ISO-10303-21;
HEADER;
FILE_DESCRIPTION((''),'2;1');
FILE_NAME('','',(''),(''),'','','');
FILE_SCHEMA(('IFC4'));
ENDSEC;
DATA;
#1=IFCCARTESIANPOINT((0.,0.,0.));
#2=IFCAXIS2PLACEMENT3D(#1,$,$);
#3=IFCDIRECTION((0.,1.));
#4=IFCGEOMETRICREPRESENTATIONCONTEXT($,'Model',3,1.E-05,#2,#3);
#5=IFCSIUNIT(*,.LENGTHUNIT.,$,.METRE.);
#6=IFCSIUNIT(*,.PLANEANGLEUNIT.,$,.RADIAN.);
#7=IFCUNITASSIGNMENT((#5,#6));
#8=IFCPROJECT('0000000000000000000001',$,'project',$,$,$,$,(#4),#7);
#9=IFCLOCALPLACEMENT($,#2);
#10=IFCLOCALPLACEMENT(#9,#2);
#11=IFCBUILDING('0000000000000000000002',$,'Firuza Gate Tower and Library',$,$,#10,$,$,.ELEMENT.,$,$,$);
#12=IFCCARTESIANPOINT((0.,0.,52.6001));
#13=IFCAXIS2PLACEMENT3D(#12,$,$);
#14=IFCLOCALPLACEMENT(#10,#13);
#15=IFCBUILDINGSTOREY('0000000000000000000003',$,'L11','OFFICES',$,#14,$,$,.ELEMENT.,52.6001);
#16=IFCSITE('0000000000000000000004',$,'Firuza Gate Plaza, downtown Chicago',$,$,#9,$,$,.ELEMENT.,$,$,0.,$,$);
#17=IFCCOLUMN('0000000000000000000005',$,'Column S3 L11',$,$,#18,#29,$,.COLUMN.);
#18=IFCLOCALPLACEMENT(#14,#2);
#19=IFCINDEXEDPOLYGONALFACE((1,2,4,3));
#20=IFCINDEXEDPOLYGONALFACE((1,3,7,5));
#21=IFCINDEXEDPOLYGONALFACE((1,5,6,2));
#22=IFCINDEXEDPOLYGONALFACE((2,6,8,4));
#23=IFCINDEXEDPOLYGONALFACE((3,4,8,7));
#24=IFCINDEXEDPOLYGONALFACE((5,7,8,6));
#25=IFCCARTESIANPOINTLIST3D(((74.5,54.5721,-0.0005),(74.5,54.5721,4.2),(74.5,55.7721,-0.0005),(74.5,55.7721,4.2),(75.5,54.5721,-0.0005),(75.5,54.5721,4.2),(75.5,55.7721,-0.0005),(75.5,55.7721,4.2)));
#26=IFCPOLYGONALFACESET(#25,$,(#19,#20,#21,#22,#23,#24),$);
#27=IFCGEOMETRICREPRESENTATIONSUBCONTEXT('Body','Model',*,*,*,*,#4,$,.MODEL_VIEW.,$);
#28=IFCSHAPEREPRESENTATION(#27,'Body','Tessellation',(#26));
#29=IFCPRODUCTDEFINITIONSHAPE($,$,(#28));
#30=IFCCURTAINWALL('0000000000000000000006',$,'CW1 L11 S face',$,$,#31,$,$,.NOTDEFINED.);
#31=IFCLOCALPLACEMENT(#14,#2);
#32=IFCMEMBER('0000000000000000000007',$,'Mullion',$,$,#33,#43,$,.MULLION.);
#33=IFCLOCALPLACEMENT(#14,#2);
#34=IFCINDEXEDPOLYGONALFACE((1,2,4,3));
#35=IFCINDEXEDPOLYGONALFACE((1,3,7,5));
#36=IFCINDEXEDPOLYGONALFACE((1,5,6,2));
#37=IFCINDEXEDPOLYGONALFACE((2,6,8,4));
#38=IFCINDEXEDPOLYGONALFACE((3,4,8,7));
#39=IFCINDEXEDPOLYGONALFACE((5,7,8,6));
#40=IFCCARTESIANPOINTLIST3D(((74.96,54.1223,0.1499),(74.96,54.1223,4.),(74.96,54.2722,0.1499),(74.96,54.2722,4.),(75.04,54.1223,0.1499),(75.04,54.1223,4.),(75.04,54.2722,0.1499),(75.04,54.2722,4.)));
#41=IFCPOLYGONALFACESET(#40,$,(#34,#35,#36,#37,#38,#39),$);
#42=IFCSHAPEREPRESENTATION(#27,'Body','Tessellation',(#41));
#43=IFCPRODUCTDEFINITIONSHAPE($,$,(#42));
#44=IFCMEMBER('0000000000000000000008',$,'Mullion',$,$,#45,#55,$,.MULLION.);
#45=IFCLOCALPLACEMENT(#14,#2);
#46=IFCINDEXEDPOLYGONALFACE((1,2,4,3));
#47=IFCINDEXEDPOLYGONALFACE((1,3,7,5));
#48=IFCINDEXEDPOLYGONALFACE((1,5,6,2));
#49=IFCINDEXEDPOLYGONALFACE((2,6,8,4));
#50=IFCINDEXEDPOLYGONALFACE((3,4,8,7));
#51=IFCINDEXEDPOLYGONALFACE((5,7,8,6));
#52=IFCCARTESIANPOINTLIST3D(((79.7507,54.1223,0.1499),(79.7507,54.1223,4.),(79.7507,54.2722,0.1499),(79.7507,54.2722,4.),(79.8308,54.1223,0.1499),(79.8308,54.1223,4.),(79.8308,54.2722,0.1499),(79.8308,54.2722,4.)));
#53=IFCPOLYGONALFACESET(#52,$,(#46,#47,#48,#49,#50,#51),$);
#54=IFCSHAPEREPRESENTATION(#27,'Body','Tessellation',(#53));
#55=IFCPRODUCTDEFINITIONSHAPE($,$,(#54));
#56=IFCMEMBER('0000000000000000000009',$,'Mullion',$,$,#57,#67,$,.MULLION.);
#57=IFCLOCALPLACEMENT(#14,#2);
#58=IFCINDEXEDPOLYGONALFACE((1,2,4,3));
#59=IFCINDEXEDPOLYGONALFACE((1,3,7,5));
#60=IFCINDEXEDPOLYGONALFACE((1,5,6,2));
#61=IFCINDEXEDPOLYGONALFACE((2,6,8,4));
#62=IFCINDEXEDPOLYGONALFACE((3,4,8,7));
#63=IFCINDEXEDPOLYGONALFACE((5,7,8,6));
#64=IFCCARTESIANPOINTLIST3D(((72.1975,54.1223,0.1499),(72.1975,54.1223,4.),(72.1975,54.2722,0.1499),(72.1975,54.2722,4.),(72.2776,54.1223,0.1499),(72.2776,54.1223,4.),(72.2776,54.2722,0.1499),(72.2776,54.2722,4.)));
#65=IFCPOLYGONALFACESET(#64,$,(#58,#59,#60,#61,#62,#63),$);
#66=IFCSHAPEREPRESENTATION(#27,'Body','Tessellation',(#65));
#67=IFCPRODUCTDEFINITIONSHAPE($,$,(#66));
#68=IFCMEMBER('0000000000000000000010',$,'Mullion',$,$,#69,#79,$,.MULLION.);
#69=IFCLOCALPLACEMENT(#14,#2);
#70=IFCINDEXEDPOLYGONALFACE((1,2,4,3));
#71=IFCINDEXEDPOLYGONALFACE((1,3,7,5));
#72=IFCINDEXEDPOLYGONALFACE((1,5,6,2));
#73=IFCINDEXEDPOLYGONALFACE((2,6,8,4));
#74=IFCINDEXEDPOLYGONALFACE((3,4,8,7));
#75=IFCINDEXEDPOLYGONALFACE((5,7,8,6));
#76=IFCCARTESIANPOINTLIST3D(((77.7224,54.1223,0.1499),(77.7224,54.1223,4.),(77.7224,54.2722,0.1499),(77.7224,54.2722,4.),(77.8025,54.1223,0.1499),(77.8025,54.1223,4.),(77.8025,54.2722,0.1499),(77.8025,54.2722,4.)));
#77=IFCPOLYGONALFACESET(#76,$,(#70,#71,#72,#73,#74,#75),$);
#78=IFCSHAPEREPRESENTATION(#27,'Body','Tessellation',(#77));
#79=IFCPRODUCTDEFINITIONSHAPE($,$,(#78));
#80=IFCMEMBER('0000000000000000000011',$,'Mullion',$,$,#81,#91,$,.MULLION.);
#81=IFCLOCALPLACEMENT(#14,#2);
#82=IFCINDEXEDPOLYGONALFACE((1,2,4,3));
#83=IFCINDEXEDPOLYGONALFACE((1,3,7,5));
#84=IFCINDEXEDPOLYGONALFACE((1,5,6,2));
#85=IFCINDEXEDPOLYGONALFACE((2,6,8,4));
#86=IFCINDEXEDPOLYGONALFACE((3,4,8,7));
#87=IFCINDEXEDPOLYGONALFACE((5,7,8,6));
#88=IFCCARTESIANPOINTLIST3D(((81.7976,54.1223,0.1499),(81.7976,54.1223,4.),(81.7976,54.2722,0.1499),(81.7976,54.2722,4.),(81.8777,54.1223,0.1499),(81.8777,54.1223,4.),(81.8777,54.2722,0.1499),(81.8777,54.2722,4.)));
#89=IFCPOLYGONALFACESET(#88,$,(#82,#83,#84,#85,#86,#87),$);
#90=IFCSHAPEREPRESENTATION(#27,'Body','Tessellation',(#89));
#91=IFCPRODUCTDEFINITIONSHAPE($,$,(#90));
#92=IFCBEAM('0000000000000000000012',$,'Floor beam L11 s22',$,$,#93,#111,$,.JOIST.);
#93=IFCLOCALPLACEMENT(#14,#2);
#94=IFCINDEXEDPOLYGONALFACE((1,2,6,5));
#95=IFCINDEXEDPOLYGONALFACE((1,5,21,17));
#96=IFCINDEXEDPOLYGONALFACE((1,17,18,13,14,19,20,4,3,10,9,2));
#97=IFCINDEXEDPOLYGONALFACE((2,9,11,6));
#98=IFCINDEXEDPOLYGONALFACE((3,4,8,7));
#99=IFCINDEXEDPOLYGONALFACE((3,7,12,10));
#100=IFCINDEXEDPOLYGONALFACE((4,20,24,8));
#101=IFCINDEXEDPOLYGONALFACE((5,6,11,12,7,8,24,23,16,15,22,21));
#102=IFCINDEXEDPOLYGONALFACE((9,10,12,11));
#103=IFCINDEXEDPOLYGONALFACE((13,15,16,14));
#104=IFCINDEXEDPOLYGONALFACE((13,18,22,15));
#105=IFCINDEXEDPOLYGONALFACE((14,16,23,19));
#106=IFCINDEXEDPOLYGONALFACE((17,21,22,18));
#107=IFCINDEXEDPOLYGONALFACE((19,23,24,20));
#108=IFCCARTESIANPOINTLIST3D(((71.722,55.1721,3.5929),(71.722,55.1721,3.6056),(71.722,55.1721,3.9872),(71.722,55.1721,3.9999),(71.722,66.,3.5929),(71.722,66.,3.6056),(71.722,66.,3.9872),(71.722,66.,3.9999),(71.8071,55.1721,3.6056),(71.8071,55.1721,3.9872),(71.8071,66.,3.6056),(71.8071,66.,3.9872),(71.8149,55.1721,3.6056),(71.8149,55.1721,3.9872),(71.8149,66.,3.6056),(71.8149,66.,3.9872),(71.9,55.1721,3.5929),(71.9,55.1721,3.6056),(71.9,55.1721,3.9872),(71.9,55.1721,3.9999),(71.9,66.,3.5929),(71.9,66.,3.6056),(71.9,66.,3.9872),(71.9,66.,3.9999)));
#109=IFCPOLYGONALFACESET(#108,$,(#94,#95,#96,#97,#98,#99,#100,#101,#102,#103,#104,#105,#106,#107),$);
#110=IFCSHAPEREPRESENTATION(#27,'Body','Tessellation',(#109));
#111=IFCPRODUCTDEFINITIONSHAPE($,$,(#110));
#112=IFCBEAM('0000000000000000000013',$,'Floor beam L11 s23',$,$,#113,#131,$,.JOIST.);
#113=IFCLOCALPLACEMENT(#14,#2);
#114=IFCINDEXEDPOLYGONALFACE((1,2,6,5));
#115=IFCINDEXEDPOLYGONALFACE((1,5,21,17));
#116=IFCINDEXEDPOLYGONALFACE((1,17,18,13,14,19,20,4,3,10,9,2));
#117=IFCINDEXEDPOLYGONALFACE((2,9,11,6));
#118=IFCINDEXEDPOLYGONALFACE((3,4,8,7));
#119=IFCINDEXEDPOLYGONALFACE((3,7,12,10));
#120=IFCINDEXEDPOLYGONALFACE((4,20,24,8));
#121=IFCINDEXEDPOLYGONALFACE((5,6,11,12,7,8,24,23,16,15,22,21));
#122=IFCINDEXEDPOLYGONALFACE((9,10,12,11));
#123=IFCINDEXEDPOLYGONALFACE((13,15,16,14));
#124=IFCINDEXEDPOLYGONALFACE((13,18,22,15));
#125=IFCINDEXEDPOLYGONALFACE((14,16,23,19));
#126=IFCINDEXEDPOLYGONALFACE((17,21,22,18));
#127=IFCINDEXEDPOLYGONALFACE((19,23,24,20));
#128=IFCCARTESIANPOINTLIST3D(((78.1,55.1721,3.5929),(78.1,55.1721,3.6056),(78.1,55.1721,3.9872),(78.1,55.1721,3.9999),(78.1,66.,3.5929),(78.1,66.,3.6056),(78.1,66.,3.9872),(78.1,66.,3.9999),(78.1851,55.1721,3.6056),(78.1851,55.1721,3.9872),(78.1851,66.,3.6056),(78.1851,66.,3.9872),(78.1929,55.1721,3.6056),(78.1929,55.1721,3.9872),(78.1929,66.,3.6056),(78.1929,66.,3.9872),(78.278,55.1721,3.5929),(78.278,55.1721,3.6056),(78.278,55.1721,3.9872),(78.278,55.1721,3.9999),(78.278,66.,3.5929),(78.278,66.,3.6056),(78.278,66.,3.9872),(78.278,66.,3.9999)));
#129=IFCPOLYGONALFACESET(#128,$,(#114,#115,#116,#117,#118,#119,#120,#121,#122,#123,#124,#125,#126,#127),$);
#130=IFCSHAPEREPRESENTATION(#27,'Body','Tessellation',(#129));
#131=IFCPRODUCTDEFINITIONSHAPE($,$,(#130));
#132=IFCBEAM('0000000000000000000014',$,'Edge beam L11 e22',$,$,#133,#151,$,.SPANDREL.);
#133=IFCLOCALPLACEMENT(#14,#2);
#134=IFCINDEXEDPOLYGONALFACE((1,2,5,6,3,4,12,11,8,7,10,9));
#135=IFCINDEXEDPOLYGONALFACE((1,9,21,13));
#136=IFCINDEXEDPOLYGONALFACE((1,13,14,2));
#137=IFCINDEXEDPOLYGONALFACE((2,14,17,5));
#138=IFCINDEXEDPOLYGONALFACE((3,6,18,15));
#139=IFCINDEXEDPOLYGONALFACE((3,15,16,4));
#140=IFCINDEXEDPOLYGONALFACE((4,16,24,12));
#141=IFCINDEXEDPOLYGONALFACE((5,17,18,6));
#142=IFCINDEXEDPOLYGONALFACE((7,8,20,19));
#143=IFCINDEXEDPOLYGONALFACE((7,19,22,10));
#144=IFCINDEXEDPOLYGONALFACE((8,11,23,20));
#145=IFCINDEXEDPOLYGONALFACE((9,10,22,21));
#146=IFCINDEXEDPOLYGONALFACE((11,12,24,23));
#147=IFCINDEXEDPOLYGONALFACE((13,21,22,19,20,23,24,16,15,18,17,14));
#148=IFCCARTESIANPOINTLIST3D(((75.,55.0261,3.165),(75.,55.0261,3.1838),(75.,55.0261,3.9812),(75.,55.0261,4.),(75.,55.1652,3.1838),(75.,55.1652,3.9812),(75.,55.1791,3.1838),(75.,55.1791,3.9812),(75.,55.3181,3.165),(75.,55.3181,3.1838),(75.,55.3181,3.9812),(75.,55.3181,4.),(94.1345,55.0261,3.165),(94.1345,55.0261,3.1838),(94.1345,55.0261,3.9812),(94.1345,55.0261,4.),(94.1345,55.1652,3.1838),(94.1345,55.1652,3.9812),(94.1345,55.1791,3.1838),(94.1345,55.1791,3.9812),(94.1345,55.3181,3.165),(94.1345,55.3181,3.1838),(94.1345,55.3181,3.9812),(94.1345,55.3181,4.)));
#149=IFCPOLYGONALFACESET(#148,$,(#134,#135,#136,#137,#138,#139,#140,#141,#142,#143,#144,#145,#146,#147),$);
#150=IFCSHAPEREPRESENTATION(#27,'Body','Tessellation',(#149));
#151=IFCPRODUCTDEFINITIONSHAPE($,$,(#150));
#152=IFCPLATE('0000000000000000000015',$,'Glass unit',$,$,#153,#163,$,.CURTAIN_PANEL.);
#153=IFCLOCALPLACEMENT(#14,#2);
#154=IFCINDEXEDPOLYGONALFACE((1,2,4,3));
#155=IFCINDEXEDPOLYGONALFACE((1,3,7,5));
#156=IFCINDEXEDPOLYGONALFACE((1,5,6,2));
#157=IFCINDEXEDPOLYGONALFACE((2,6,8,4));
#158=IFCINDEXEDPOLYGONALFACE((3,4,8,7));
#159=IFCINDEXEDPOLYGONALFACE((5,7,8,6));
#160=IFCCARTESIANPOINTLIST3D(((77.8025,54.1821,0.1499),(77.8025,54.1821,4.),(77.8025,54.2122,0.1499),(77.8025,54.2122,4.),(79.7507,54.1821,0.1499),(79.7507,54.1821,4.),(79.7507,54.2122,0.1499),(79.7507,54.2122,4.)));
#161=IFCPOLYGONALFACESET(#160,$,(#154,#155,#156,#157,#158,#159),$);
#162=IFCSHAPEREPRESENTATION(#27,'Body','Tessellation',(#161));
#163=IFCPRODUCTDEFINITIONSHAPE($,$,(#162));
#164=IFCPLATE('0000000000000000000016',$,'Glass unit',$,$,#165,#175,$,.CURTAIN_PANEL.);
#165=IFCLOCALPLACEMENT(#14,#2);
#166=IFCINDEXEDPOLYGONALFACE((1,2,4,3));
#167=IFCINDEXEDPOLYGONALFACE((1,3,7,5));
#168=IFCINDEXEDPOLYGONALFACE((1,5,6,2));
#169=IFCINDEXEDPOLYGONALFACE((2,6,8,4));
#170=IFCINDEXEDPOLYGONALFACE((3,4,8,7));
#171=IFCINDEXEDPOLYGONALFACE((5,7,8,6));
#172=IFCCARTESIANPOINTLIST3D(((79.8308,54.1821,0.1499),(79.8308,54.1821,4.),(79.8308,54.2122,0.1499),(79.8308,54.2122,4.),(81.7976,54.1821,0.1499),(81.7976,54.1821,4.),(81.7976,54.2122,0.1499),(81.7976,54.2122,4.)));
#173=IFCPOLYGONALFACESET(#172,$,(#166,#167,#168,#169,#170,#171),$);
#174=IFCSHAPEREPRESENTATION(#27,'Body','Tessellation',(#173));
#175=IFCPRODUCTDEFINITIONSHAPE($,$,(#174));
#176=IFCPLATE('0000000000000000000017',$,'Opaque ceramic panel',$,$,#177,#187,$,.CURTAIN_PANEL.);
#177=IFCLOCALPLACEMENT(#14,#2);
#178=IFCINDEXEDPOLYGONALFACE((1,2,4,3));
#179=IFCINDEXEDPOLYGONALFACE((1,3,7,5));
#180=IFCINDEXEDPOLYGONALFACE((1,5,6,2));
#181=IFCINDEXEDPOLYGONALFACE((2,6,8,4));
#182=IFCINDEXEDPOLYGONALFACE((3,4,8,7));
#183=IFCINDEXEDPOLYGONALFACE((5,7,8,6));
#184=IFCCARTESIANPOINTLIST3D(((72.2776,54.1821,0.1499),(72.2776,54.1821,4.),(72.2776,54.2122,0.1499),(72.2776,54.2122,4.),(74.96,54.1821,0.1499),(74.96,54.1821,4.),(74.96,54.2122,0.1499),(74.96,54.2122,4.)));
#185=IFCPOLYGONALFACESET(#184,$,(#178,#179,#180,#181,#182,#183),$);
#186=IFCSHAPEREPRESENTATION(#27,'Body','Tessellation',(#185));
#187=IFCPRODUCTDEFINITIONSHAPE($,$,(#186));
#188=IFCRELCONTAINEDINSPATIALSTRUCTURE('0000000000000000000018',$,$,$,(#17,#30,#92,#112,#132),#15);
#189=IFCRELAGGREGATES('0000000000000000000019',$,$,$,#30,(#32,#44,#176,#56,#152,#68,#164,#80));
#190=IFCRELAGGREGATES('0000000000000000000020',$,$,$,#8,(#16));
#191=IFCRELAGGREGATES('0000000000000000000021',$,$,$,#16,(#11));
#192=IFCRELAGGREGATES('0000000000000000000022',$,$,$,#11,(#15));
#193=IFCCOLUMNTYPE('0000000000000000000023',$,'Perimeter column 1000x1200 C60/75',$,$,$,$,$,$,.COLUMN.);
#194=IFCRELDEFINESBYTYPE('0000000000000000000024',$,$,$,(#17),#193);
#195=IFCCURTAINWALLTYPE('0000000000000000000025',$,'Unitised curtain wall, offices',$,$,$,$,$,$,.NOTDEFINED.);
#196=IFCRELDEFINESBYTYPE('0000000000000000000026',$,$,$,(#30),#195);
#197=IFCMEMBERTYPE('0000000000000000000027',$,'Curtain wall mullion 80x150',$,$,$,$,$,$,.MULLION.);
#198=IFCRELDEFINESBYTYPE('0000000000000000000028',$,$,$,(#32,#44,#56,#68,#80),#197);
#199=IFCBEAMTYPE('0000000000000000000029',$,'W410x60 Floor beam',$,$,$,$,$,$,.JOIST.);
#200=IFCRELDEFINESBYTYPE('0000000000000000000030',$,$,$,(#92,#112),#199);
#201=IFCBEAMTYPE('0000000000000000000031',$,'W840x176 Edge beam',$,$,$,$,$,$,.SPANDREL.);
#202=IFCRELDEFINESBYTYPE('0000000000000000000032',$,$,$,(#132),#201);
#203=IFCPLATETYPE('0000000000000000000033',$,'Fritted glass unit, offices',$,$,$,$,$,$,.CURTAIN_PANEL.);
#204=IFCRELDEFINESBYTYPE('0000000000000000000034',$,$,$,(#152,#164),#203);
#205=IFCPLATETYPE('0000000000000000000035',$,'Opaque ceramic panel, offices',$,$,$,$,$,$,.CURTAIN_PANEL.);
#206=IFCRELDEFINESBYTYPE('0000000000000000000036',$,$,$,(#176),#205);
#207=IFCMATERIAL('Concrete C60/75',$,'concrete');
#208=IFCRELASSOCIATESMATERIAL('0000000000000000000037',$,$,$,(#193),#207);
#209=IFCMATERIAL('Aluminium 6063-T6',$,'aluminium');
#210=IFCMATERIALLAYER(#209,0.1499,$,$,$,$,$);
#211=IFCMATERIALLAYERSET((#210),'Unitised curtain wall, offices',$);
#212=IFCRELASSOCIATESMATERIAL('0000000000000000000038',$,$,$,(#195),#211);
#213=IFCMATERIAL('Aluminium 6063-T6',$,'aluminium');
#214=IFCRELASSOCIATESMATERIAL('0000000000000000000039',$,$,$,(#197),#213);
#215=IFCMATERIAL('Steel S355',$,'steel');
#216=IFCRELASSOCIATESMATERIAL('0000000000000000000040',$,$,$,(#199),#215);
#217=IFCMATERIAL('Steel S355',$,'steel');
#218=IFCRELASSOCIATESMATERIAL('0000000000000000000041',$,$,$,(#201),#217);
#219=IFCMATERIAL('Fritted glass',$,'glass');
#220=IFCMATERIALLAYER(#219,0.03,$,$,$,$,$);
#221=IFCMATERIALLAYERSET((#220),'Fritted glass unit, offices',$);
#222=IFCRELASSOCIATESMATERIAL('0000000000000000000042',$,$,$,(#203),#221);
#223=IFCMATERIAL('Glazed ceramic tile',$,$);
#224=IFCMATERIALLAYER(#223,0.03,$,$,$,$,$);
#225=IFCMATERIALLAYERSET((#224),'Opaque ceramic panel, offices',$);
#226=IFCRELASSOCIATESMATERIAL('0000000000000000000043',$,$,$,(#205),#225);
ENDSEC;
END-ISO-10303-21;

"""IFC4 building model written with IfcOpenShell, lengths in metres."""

from ifc_helpers import new_model, si_unit, direction, frame, origin, origin_2d, place, context, subcontext, project, spatial, polyline, rectangle, i_section, outline, extrude, material, layer, layer_set, material_profile, profile_set, type_object, element, aggregate, save


model = new_model("IFC4")

# Units and contexts
model_context = context("Model", 3, precision=1e-05, world=origin(), true_north=direction((0.0, 1.0)))
body_context = subcontext(model_context, "Body", "Model", "MODEL_VIEW")
ifc_project = project(units=[si_unit("LENGTHUNIT", "METRE"), si_unit("PLANEANGLEUNIT", "RADIAN")], contexts=[model_context])

# Site, building, storey
site_placement = place(None, origin())
site = spatial("IfcSite", under=ifc_project, at=site_placement, Name="Firuza Gate Plaza, downtown Chicago", CompositionType="ELEMENT", RefElevation=0.0)
building_placement = place(site_placement, origin())
building = spatial("IfcBuilding", under=site, at=building_placement, Name="Firuza Gate Tower and Library", CompositionType="ELEMENT")
storey_placement = place(building_placement, frame((0.0, 0.0, 52.6001)))
storey = spatial("IfcBuildingStorey", under=building, at=storey_placement, Name="L11", Description="OFFICES", CompositionType="ELEMENT", Elevation=52.6001)

# Column
ifc_material_1 = material(Name="Concrete C60/75", Category="concrete")
ifc_material_profile_1 = material_profile(ifc_material_1, rectangle(XDim=1.0, YDim=1.2, at=origin_2d()))
ifc_profile_set_1 = profile_set([ifc_material_profile_1], Name="Concrete C60/75")
column_type = type_object("IfcColumnType", Name="Perimeter column 1000x1200 C60/75", PredefinedType="COLUMN", material=ifc_profile_set_1)
column_placement = place(storey_placement, frame((75.0, 55.1721, -0.0005), z_axis=(0.0, 0.0, 1.0), x_axis=(1.0, 0.0, 0.0)))
element("IfcColumn", 1, at=column_placement, inside=storey, type_object=column_type, Name="Column S3 L11", PredefinedType="COLUMN", context=body_context, shape_type="SweptSolid", body=[
    extrude(rectangle(XDim=1.0, YDim=1.2, at=origin_2d()), origin(), (0.0, 0.0, 1.0), 4.2004),
])

# Curtain wall, members
ifc_material_2 = material(Name="Aluminium 6063-T6", Category="aluminium")
ifc_layer_1 = layer(ifc_material_2, 0.1499)
ifc_layer_set_1 = layer_set([ifc_layer_1], Name="Unitised curtain wall, offices")
curtain_wall_type = type_object("IfcCurtainWallType", Name="Unitised curtain wall, offices", PredefinedType="NOTDEFINED", material=ifc_layer_set_1)
curtain_wall_placement = place(storey_placement, origin())
curtain_wall = element("IfcCurtainWall", 2, at=curtain_wall_placement, inside=storey, type_object=curtain_wall_type, Name="CW1 L11 S face", PredefinedType="NOTDEFINED")
ifc_material_3 = material(Name="Aluminium 6063-T6", Category="aluminium")
ifc_material_profile_2 = material_profile(ifc_material_3, rectangle(XDim=0.1499, YDim=0.0801, at=origin_2d()))
ifc_profile_set_2 = profile_set([ifc_material_profile_2], Name="Aluminium 6063-T6")
member_type = type_object("IfcMemberType", Name="Curtain wall mullion 80x150", PredefinedType="MULLION", material=ifc_profile_set_2)
member_1_placement = place(storey_placement, frame((75.0, 54.1973, 0.1499), z_axis=(0.0, 0.0, 1.0), x_axis=(0.0, 1.0, 0.0)))
member_1 = element("IfcMember", 3, at=member_1_placement, type_object=member_type, Name="Mullion", PredefinedType="MULLION", context=body_context, shape_type="SweptSolid", body=[
    extrude(rectangle(XDim=0.1499, YDim=0.0801, at=origin_2d()), origin(), (0.0, 0.0, 1.0), 3.8501),
])
member_2_placement = place(storey_placement, frame((79.7908, 54.1973, 0.1499), z_axis=(0.0, 0.0, 1.0), x_axis=(0.0, 1.0, 0.0)))
member_2 = element("IfcMember", 4, at=member_2_placement, type_object=member_type, Name="Mullion", PredefinedType="MULLION", context=body_context, shape_type="SweptSolid", body=[
    extrude(rectangle(XDim=0.1499, YDim=0.0801, at=origin_2d()), origin(), (0.0, 0.0, 1.0), 3.8501),
])
member_3_placement = place(storey_placement, frame((72.2375, 54.1973, 0.1499), z_axis=(0.0, 0.0, 1.0), x_axis=(0.0, 1.0, 0.0)))
member_3 = element("IfcMember", 5, at=member_3_placement, type_object=member_type, Name="Mullion", PredefinedType="MULLION", context=body_context, shape_type="SweptSolid", body=[
    extrude(rectangle(XDim=0.1499, YDim=0.0801, at=origin_2d()), origin(), (0.0, 0.0, 1.0), 3.8501),
])
member_4_placement = place(storey_placement, frame((77.7625, 54.1973, 0.1499), z_axis=(0.0, 0.0, 1.0), x_axis=(0.0, 1.0, 0.0)))
member_4 = element("IfcMember", 6, at=member_4_placement, type_object=member_type, Name="Mullion", PredefinedType="MULLION", context=body_context, shape_type="SweptSolid", body=[
    extrude(rectangle(XDim=0.1499, YDim=0.0801, at=origin_2d()), origin(), (0.0, 0.0, 1.0), 3.8501),
])
member_5_placement = place(storey_placement, frame((81.8376, 54.1973, 0.1499), z_axis=(0.0, 0.0, 1.0), x_axis=(0.0, 1.0, 0.0)))
member_5 = element("IfcMember", 7, at=member_5_placement, type_object=member_type, Name="Mullion", PredefinedType="MULLION", context=body_context, shape_type="SweptSolid", body=[
    extrude(rectangle(XDim=0.1499, YDim=0.0801, at=origin_2d()), origin(), (0.0, 0.0, 1.0), 3.8501),
])

# Beams
ifc_material_4 = material(Name="Steel S355", Category="steel")
ifc_material_profile_3 = material_profile(ifc_material_4, i_section(OverallWidth=0.178, OverallDepth=0.407, WebThickness=0.0078, FlangeThickness=0.0127, at=origin_2d()))
ifc_profile_set_3 = profile_set([ifc_material_profile_3], Name="Steel S355")
beam_type_1 = type_object("IfcBeamType", Name="W410x60 Floor beam", PredefinedType="JOIST", material=ifc_profile_set_3)
for number, where, z_axis, x_axis, name in (
    (8, (71.811, 55.1721, 3.7964), (0.0, 1.0, 0.0), (-1.0, 0.0, 0.0), "Floor beam L11 s22"),
    (9, (78.189, 55.1721, 3.7964), (0.0, 1.0, 0.0), (-1.0, 0.0, 0.0), "Floor beam L11 s23"),
):
    element("IfcBeam", number, at=place(storey_placement, frame(where, z_axis=z_axis, x_axis=x_axis)), inside=storey, type_object=beam_type_1, Name=name, PredefinedType="JOIST", context=body_context, shape_type="SweptSolid", body=[
        extrude(i_section(OverallWidth=0.178, OverallDepth=0.407, WebThickness=0.0078, FlangeThickness=0.0127, at=origin_2d()), origin(), (0.0, 0.0, 1.0), 10.8279),
    ])
ifc_material_5 = material(Name="Steel S355", Category="steel")
ifc_material_profile_4 = material_profile(ifc_material_5, i_section(OverallWidth=0.292, OverallDepth=0.835, WebThickness=0.0139, FlangeThickness=0.0188, at=origin_2d()))
ifc_profile_set_4 = profile_set([ifc_material_profile_4], Name="Steel S355")
beam_type_2 = type_object("IfcBeamType", Name="W840x176 Edge beam", PredefinedType="SPANDREL", material=ifc_profile_set_4)
beam_placement = place(storey_placement, frame((75.0, 55.1721, 3.5825), z_axis=(1.0, 0.0, 0.0), x_axis=(0.0, 1.0, 0.0)))
element("IfcBeam", 10, at=beam_placement, inside=storey, type_object=beam_type_2, Name="Edge beam L11 e22", PredefinedType="SPANDREL", context=body_context, shape_type="SweptSolid", body=[
    extrude(i_section(OverallWidth=0.292, OverallDepth=0.835, WebThickness=0.0139, FlangeThickness=0.0188, at=origin_2d()), origin(), (0.0, 0.0, 1.0), 19.1345),
])

# Plates
ifc_material_6 = material(Name="Fritted glass", Category="glass")
ifc_layer_2 = layer(ifc_material_6, 0.03)
ifc_layer_set_2 = layer_set([ifc_layer_2], Name="Fritted glass unit, offices")
plate_type_1 = type_object("IfcPlateType", Name="Fritted glass unit, offices", PredefinedType="CURTAIN_PANEL", material=ifc_layer_set_2)
plate_1_placement = place(storey_placement, frame((77.8025, 54.1821, 0.1499), z_axis=(0.0, -1.0, 0.0), x_axis=(1.0, 0.0, 0.0)))
plate_1 = element("IfcPlate", 11, at=plate_1_placement, type_object=plate_type_1, Name="Glass unit", PredefinedType="CURTAIN_PANEL", context=body_context, shape_type="SweptSolid", body=[
    extrude(outline(polyline([(0.0, 0.0), (1.9482, 0.0), (1.9482, 3.8501), (0.0, 3.8501), (0.0, 0.0)])), origin(), (0.0, 0.0, -1.0), 0.03),
])
plate_2_placement = place(storey_placement, frame((79.8308, 54.1821, 0.1499), z_axis=(0.0, -1.0, 0.0), x_axis=(1.0, 0.0, 0.0)))
plate_2 = element("IfcPlate", 12, at=plate_2_placement, type_object=plate_type_1, Name="Glass unit", PredefinedType="CURTAIN_PANEL", context=body_context, shape_type="SweptSolid", body=[
    extrude(outline(polyline([(0.0, 0.0), (1.9668, 0.0), (1.9668, 3.8501), (0.0, 3.8501), (0.0, 0.0)])), origin(), (0.0, 0.0, -1.0), 0.03),
])
ifc_material_7 = material(Name="Glazed ceramic tile")
ifc_layer_3 = layer(ifc_material_7, 0.03)
ifc_layer_set_3 = layer_set([ifc_layer_3], Name="Opaque ceramic panel, offices")
plate_type_2 = type_object("IfcPlateType", Name="Opaque ceramic panel, offices", PredefinedType="CURTAIN_PANEL", material=ifc_layer_set_3)
plate_3_placement = place(storey_placement, frame((72.2776, 54.1821, 0.1499), z_axis=(0.0, -1.0, 0.0), x_axis=(1.0, 0.0, 0.0)))
plate_3 = element("IfcPlate", 13, at=plate_3_placement, type_object=plate_type_2, Name="Opaque ceramic panel", PredefinedType="CURTAIN_PANEL", context=body_context, shape_type="SweptSolid", body=[
    extrude(outline(polyline([(0.0, 0.0), (2.6824, 0.0), (2.6824, 3.8501), (0.0, 3.8501), (0.0, 0.0)])), origin(), (0.0, 0.0, -1.0), 0.03),
])
aggregate(curtain_wall, [member_1, member_2, plate_3, member_3, plate_1, member_4, plate_2, member_5])

save(model, "model.ifc")
